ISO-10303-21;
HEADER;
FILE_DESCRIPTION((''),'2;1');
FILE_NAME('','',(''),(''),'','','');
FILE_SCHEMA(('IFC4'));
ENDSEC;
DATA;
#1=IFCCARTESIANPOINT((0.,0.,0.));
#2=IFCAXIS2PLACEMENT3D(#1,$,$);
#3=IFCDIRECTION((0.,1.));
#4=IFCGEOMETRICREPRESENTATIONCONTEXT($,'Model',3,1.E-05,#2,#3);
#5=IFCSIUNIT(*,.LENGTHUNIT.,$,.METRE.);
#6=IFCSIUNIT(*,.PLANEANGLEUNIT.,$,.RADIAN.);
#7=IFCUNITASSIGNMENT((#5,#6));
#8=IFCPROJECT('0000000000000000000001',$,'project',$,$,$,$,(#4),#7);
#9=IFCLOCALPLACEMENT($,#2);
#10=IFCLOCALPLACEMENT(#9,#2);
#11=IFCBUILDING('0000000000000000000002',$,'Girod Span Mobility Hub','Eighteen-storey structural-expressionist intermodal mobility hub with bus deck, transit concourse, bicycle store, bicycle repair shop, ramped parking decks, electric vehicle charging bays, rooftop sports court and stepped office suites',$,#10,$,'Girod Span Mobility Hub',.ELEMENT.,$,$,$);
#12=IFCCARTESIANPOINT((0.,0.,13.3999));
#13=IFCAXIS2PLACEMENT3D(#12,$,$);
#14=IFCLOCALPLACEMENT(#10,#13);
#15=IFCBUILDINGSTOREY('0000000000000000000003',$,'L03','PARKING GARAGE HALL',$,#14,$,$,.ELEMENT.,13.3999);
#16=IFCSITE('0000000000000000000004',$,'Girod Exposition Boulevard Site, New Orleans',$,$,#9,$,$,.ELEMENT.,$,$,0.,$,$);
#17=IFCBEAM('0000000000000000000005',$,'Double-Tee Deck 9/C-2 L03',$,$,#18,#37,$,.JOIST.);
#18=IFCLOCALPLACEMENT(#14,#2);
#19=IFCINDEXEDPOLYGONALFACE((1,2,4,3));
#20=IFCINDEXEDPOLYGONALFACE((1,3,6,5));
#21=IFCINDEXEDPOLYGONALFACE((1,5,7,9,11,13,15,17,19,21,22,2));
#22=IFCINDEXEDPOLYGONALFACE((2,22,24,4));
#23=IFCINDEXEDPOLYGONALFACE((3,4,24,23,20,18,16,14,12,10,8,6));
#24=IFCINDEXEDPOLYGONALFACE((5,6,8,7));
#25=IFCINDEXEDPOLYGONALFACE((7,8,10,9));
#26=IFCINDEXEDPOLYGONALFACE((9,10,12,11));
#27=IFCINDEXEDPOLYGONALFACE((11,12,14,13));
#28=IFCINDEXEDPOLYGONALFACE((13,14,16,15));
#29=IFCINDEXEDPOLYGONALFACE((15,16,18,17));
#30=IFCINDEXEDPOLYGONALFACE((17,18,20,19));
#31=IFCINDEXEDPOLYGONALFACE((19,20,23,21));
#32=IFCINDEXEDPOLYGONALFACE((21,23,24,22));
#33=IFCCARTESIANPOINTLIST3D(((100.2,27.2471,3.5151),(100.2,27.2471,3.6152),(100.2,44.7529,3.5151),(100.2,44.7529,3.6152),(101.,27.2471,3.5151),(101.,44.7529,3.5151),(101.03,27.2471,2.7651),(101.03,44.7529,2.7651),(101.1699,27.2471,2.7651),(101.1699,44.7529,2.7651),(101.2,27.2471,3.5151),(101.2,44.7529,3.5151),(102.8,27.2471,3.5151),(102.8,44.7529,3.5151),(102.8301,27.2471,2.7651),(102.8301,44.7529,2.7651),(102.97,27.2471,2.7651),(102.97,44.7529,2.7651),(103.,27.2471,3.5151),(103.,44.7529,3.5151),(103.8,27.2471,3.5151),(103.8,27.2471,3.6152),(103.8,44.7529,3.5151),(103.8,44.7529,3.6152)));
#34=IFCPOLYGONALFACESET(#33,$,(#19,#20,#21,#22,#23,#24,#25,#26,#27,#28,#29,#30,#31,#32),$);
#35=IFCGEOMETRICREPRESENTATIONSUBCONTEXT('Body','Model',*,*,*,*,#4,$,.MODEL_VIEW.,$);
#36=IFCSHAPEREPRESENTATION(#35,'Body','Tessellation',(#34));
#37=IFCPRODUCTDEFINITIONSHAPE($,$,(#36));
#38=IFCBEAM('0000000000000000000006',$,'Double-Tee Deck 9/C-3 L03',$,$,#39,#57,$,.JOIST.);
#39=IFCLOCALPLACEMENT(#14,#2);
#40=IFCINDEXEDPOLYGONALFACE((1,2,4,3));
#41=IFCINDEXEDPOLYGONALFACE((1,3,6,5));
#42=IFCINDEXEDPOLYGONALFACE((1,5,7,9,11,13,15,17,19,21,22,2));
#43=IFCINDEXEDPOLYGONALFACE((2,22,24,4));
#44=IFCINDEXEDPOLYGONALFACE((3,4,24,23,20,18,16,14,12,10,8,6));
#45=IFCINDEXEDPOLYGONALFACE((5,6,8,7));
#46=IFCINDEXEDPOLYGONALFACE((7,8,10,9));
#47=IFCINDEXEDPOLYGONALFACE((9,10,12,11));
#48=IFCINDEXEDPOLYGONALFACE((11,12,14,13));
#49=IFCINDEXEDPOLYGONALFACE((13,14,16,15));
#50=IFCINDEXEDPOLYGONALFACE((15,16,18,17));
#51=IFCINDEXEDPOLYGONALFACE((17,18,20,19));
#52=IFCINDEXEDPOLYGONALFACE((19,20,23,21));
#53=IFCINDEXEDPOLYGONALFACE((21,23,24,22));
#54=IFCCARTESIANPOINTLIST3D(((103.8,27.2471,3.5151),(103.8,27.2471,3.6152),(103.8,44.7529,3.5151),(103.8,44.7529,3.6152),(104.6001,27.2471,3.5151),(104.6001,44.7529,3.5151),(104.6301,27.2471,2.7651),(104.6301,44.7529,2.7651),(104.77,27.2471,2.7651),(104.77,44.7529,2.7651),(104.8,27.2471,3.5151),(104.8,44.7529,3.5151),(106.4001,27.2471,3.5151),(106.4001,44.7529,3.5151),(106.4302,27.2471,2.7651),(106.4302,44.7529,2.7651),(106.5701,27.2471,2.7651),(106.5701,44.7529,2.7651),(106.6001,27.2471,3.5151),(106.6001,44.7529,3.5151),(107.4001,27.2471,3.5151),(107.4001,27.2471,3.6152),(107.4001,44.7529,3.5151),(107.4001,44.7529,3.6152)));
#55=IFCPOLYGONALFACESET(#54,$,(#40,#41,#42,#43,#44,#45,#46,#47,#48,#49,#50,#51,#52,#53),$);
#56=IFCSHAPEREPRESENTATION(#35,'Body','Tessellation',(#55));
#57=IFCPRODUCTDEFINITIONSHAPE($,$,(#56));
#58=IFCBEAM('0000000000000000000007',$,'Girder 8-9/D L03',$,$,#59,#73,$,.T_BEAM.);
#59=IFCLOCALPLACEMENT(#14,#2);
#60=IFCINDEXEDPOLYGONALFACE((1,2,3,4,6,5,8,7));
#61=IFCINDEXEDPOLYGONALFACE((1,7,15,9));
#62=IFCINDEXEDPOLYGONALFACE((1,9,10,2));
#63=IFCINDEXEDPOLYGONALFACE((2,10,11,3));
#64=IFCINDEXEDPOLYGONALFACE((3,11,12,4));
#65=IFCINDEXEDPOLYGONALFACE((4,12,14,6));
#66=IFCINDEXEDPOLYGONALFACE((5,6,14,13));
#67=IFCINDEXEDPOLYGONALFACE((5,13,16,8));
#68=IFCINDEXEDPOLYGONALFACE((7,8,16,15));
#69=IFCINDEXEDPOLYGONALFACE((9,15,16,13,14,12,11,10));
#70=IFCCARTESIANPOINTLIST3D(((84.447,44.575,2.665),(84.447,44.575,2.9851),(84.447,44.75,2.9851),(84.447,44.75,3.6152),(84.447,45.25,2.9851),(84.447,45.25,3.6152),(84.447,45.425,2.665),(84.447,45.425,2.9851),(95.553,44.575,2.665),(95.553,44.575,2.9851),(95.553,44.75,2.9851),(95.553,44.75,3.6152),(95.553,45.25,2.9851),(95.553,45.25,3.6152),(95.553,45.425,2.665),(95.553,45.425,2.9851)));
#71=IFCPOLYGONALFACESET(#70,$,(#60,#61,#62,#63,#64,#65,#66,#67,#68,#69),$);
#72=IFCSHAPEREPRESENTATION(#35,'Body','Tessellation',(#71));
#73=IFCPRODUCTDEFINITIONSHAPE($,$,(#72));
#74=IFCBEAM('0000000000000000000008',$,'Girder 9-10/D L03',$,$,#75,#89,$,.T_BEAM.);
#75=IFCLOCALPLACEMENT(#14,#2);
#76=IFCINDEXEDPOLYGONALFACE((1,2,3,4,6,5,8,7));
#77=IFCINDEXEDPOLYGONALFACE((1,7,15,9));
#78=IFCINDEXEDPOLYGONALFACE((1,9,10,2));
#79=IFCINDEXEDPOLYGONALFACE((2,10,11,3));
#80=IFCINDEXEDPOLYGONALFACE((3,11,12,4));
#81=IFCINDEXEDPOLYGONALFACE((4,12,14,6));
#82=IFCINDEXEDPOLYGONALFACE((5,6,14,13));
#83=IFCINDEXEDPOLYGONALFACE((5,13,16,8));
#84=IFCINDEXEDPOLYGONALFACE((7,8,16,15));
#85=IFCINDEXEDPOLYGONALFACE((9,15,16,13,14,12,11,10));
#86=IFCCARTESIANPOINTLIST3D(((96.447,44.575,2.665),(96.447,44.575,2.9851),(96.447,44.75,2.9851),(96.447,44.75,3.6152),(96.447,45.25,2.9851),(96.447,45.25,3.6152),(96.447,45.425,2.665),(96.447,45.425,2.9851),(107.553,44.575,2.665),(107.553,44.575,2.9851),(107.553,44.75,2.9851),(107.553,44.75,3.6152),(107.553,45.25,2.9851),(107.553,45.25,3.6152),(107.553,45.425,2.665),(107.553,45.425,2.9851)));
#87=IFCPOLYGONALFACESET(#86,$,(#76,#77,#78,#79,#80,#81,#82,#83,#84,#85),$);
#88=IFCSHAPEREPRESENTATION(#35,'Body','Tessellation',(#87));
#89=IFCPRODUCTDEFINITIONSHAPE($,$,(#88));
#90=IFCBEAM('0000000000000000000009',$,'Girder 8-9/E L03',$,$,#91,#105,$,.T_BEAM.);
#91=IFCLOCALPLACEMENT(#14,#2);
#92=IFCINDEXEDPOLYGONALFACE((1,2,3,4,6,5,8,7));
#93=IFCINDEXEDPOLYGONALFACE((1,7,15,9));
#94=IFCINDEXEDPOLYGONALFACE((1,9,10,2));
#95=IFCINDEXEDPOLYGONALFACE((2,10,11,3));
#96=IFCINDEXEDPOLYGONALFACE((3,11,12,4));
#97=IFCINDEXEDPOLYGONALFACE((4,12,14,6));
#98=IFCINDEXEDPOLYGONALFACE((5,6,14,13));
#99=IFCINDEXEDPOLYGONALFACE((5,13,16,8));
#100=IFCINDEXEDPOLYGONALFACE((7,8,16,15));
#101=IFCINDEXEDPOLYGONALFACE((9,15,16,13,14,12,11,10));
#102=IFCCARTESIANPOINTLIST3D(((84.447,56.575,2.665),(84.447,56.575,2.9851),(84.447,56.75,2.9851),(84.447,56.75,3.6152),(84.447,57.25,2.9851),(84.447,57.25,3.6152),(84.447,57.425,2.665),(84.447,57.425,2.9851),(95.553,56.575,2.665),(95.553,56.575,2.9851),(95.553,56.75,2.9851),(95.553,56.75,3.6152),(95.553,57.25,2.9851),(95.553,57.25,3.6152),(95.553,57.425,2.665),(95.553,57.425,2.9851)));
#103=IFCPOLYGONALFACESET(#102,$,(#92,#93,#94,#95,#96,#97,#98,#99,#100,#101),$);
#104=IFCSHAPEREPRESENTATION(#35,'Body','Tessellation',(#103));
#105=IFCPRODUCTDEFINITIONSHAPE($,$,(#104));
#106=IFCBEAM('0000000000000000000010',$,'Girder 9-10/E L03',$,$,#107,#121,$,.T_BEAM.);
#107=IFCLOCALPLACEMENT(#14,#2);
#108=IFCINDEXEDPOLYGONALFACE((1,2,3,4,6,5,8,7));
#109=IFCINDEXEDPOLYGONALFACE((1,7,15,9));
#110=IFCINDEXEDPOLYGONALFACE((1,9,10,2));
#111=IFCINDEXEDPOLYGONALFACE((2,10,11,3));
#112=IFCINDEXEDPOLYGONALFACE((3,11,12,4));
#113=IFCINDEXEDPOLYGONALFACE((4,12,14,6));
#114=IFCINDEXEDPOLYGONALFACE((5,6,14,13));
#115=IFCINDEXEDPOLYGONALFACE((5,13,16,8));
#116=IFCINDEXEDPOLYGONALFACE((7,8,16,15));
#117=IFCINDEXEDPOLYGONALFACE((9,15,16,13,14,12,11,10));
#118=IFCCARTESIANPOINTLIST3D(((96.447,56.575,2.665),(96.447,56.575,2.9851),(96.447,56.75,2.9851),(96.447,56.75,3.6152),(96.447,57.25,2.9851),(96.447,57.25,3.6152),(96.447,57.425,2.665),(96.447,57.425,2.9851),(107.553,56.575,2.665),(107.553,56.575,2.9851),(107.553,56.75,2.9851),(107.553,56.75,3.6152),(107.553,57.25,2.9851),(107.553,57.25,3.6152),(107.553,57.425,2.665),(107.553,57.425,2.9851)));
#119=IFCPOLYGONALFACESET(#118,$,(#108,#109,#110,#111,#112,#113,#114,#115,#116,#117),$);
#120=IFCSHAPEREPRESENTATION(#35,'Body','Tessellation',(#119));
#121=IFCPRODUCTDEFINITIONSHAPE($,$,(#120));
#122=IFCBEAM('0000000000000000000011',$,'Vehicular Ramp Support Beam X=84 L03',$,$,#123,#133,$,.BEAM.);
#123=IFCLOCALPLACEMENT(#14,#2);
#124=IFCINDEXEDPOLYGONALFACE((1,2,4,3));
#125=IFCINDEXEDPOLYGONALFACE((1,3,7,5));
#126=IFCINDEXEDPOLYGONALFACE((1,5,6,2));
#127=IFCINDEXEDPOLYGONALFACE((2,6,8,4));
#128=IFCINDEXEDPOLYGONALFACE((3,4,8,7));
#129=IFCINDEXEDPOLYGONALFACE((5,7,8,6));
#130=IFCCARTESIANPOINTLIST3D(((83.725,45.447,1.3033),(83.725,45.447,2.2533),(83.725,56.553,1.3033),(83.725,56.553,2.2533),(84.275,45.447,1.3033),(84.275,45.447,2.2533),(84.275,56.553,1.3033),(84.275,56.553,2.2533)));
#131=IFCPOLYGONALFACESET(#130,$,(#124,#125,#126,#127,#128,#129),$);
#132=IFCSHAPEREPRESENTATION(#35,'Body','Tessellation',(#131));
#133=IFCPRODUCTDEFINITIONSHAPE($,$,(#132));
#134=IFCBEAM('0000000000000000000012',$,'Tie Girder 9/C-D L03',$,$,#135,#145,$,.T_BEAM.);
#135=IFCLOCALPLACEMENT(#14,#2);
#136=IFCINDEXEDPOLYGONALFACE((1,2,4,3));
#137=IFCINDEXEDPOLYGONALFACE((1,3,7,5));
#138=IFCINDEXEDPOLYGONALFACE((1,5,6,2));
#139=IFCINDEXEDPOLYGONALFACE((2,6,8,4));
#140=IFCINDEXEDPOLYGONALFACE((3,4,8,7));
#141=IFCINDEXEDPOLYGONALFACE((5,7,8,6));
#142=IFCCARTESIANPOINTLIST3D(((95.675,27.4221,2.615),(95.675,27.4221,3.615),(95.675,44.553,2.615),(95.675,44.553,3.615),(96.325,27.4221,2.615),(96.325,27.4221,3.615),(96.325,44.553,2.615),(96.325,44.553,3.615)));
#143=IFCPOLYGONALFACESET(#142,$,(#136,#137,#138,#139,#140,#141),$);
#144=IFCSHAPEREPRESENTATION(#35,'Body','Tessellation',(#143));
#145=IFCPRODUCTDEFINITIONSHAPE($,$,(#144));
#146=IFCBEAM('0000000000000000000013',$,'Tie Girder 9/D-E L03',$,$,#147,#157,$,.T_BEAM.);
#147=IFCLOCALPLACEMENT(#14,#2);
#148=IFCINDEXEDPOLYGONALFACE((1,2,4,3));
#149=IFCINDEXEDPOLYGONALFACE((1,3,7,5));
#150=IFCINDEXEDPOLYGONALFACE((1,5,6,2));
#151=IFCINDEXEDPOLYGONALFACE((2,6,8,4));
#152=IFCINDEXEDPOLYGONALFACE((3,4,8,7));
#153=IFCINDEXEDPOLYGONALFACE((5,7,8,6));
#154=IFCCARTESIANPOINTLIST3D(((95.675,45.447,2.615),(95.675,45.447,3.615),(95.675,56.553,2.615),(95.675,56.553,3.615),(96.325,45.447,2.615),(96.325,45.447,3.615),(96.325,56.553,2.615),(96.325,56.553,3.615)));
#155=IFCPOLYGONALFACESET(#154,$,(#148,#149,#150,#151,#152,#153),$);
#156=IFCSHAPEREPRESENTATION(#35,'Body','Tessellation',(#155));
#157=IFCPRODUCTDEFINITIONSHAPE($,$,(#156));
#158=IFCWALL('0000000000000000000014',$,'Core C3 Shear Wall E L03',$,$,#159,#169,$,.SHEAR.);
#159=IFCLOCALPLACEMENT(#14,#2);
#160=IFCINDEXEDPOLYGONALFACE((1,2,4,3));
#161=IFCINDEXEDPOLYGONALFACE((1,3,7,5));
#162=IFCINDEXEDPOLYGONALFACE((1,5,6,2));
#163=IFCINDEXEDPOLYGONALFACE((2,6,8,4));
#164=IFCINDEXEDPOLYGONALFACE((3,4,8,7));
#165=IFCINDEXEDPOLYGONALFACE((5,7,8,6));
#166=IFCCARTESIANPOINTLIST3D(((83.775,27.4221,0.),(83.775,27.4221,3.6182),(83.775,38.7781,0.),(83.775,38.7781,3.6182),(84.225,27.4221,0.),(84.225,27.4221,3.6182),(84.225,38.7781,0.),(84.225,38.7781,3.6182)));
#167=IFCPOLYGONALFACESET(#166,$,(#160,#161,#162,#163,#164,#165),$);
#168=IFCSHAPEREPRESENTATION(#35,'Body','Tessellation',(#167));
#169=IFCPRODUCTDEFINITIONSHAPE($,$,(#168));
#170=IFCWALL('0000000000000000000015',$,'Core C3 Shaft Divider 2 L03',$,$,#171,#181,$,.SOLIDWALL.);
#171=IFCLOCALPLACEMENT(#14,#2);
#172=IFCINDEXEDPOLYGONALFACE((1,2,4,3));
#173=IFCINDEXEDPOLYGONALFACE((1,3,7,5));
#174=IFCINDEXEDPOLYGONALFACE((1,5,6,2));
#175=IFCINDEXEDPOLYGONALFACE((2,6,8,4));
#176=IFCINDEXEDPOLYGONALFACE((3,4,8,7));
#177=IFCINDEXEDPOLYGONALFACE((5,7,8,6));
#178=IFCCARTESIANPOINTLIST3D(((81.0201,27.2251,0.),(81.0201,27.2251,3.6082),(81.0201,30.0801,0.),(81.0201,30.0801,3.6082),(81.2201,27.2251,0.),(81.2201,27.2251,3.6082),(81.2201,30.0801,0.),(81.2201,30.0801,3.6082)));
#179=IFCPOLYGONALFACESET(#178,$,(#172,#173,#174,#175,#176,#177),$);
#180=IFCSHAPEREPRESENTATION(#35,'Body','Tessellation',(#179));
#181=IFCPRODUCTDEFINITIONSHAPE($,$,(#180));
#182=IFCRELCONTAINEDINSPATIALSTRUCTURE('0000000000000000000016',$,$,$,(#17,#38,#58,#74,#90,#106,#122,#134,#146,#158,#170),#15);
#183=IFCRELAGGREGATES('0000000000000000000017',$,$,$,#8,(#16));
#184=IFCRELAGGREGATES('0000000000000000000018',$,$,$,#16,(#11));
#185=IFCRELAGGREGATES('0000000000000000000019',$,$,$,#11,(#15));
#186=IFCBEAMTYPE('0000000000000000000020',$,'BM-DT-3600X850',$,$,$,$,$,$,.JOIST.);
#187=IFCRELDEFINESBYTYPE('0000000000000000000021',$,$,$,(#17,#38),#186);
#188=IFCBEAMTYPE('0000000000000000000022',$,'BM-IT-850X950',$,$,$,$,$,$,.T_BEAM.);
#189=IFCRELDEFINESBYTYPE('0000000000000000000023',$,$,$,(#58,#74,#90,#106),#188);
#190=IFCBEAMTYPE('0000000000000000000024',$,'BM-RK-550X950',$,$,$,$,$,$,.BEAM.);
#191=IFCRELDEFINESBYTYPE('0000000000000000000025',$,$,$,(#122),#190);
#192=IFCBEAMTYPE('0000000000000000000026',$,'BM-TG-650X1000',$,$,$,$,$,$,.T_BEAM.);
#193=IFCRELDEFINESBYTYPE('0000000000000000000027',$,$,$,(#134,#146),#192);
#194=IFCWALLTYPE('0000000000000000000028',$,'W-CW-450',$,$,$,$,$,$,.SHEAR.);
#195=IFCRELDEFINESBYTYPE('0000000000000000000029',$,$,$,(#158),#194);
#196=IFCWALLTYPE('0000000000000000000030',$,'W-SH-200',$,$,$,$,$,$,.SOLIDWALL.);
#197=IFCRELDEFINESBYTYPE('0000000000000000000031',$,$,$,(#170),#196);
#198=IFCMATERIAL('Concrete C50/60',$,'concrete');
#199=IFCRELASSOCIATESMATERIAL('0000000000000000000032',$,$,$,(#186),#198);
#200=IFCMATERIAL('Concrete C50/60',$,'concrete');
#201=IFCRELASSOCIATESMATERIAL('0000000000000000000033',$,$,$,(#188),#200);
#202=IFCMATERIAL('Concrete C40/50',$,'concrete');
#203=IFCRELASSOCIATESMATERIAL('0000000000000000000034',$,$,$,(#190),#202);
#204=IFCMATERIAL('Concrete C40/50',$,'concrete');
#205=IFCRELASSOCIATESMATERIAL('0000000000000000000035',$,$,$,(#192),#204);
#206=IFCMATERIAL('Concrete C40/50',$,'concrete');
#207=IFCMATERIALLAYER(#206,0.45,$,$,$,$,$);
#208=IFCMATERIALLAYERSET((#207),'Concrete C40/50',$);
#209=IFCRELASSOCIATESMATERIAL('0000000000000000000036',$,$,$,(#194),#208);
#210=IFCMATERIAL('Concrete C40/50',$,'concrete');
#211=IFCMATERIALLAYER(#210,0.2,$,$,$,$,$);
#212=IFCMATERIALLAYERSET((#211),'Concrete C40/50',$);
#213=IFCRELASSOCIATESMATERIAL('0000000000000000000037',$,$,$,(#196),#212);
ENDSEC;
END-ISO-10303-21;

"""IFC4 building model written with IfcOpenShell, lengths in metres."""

from ifc_helpers import new_model, si_unit, direction, frame, frame_2d, origin, origin_2d, place, context, subcontext, project, spatial, polyline, rectangle, outline, extrude, material, layer, layer_set, material_profile, profile_set, type_object, element, save


model = new_model("IFC4")

# Units and contexts
model_context = context("Model", 3, precision=1e-05, world=origin(), true_north=direction((0.0, 1.0)))
body_context = subcontext(model_context, "Body", "Model", "MODEL_VIEW")
ifc_project = project(units=[si_unit("LENGTHUNIT", "METRE"), si_unit("PLANEANGLEUNIT", "RADIAN")], contexts=[model_context])

# Site, building, storey
site_placement = place(None, origin())
site = spatial("IfcSite", under=ifc_project, at=site_placement, Name="Girod Exposition Boulevard Site, New Orleans", CompositionType="ELEMENT", RefElevation=0.0)
building_placement = place(site_placement, origin())
building = spatial("IfcBuilding", under=site, at=building_placement, Name="Girod Span Mobility Hub", Description="Eighteen-storey structural-expressionist intermodal mobility hub with bus deck, transit concourse, bicycle store, bicycle repair shop, ramped parking decks, electric vehicle charging bays, rooftop sports court and stepped office suites", LongName="Girod Span Mobility Hub", CompositionType="ELEMENT")
storey_placement = place(building_placement, frame((0.0, 0.0, 13.3999)))
storey = spatial("IfcBuildingStorey", under=building, at=storey_placement, Name="L03", Description="PARKING GARAGE HALL", CompositionType="ELEMENT", Elevation=13.3999)

# Beams
ifc_material_1 = material(Name="Concrete C50/60", Category="concrete")
ifc_material_profile_1 = material_profile(ifc_material_1, outline(polyline([(-1.8, 0.425), (-1.8, 0.325), (-1.0, 0.325), (-0.97, -0.425), (-0.8301, -0.425), (-0.8, 0.325), (0.8, 0.325), (0.8301, -0.425), (0.97, -0.425), (1.0, 0.325), (1.8, 0.325), (1.8, 0.425), (-1.8, 0.425)])), Name="DT-3600X850")
ifc_profile_set_1 = profile_set([ifc_material_profile_1], Name="Concrete C50/60")
beam_type_1 = type_object("IfcBeamType", Name="BM-DT-3600X850", PredefinedType="JOIST", material=ifc_profile_set_1)
for number, where, z_axis, x_axis, name in (
    (1, (102.0, 27.2471, 3.1902), (0.0, 1.0, 0.0), (-1.0, 0.0, 0.0), "Double-Tee Deck 9/C-2 L03"),
    (2, (105.6001, 27.2471, 3.1902), (0.0, 1.0, 0.0), (-1.0, 0.0, 0.0), "Double-Tee Deck 9/C-3 L03"),
):
    element("IfcBeam", number, at=place(storey_placement, frame(where, z_axis=z_axis, x_axis=x_axis)), inside=storey, type_object=beam_type_1, Name=name, PredefinedType="JOIST", context=body_context, shape_type="SweptSolid", body=[
        extrude(outline(polyline([(-1.8, 0.425), (-1.8, 0.325), (-1.0, 0.325), (-0.97, -0.425), (-0.8301, -0.425), (-0.8, 0.325), (0.8, 0.325), (0.8301, -0.425), (0.97, -0.425), (1.0, 0.325), (1.8, 0.325), (1.8, 0.425), (-1.8, 0.425)])), origin(), (0.0, 0.0, 1.0), 17.5059),
    ])
ifc_material_2 = material(Name="Concrete C50/60", Category="concrete")
ifc_material_profile_2 = material_profile(ifc_material_2, outline(polyline([(-0.425, -0.4751), (0.425, -0.4751), (0.425, -0.155), (0.25, -0.155), (0.25, 0.4751), (-0.25, 0.4751), (-0.25, -0.155), (-0.425, -0.155), (-0.425, -0.4751)])), Name="IT-850X950")
ifc_profile_set_2 = profile_set([ifc_material_profile_2], Name="Concrete C50/60")
beam_type_2 = type_object("IfcBeamType", Name="BM-IT-850X950", PredefinedType="T_BEAM", material=ifc_profile_set_2)
for number, where, z_axis, x_axis, name in (
    (3, (84.447, 45.0, 3.1401), (1.0, 0.0, 0.0), (0.0, 1.0, 0.0), "Girder 8-9/D L03"),
    (4, (96.447, 45.0, 3.1401), (1.0, 0.0, 0.0), (0.0, 1.0, 0.0), "Girder 9-10/D L03"),
    (5, (84.447, 57.0, 3.1401), (1.0, 0.0, 0.0), (0.0, 1.0, 0.0), "Girder 8-9/E L03"),
    (6, (96.447, 57.0, 3.1401), (1.0, 0.0, 0.0), (0.0, 1.0, 0.0), "Girder 9-10/E L03"),
):
    element("IfcBeam", number, at=place(storey_placement, frame(where, z_axis=z_axis, x_axis=x_axis)), inside=storey, type_object=beam_type_2, Name=name, PredefinedType="T_BEAM", context=body_context, shape_type="SweptSolid", body=[
        extrude(outline(polyline([(-0.425, -0.4751), (0.425, -0.4751), (0.425, -0.155), (0.25, -0.155), (0.25, 0.4751), (-0.25, 0.4751), (-0.25, -0.155), (-0.425, -0.155), (-0.425, -0.4751)])), origin(), (0.0, 0.0, 1.0), 11.106),
    ])
ifc_material_3 = material(Name="Concrete C40/50", Category="concrete")
ifc_material_profile_3 = material_profile(ifc_material_3, rectangle(XDim=0.55, YDim=0.95, at=origin_2d()), Name="RK-550X950")
ifc_profile_set_3 = profile_set([ifc_material_profile_3], Name="Concrete C40/50")
beam_type_3 = type_object("IfcBeamType", Name="BM-RK-550X950", PredefinedType="BEAM", material=ifc_profile_set_3)
beam_1_placement = place(storey_placement, frame((84.0, 45.447, 1.7783), z_axis=(0.0, 1.0, 0.0), x_axis=(-1.0, 0.0, 0.0)))
element("IfcBeam", 7, at=beam_1_placement, inside=storey, type_object=beam_type_3, Name="Vehicular Ramp Support Beam X=84 L03", PredefinedType="BEAM", context=body_context, shape_type="SweptSolid", body=[
    extrude(rectangle(XDim=0.55, YDim=0.95, at=origin_2d()), origin(), (0.0, 0.0, 1.0), 11.106),
])
ifc_material_4 = material(Name="Concrete C40/50", Category="concrete")
ifc_material_profile_4 = material_profile(ifc_material_4, rectangle(XDim=0.6499, YDim=1.0, at=origin_2d()), Name="TG-650X1000")
ifc_profile_set_4 = profile_set([ifc_material_profile_4], Name="Concrete C40/50")
beam_type_4 = type_object("IfcBeamType", Name="BM-TG-650X1000", PredefinedType="T_BEAM", material=ifc_profile_set_4)
beam_2_placement = place(storey_placement, frame((96.0, 27.4221, 3.115), z_axis=(0.0, 1.0, 0.0), x_axis=(-1.0, 0.0, 0.0)))
element("IfcBeam", 8, at=beam_2_placement, inside=storey, type_object=beam_type_4, Name="Tie Girder 9/C-D L03", PredefinedType="T_BEAM", context=body_context, shape_type="SweptSolid", body=[
    extrude(rectangle(XDim=0.6499, YDim=1.0, at=origin_2d()), origin(), (0.0, 0.0, 1.0), 17.1309),
])
beam_3_placement = place(storey_placement, frame((96.0, 45.447, 3.115), z_axis=(0.0, 1.0, 0.0), x_axis=(-1.0, 0.0, 0.0)))
element("IfcBeam", 9, at=beam_3_placement, inside=storey, type_object=beam_type_4, Name="Tie Girder 9/D-E L03", PredefinedType="T_BEAM", context=body_context, shape_type="SweptSolid", body=[
    extrude(rectangle(XDim=0.6499, YDim=1.0, at=origin_2d()), origin(), (0.0, 0.0, 1.0), 11.106),
])

# Walls
ifc_material_5 = material(Name="Concrete C40/50", Category="concrete")
ifc_layer_1 = layer(ifc_material_5, 0.45)
ifc_layer_set_1 = layer_set([ifc_layer_1], Name="Concrete C40/50")
wall_type_1 = type_object("IfcWallType", Name="W-CW-450", PredefinedType="SHEAR", material=ifc_layer_set_1)
wall_1_placement = place(storey_placement, frame((84.0, 27.4221, 0.0), z_axis=(0.0, 0.0, 1.0), x_axis=(0.0, 1.0, 0.0)))
element("IfcWall", 10, at=wall_1_placement, inside=storey, type_object=wall_type_1, Name="Core C3 Shear Wall E L03", PredefinedType="SHEAR", context=body_context, shape_type="SweptSolid", body=[
    extrude(rectangle(XDim=11.356, YDim=0.45, at=frame_2d((5.678, 0.0))), origin(), (0.0, 0.0, 1.0), 3.6182),
])
ifc_material_6 = material(Name="Concrete C40/50", Category="concrete")
ifc_layer_2 = layer(ifc_material_6, 0.2)
ifc_layer_set_2 = layer_set([ifc_layer_2], Name="Concrete C40/50")
wall_type_2 = type_object("IfcWallType", Name="W-SH-200", PredefinedType="SOLIDWALL", material=ifc_layer_set_2)
wall_2_placement = place(storey_placement, frame((81.1201, 27.2251, 0.0), z_axis=(0.0, 0.0, 1.0), x_axis=(0.0, 1.0, 0.0)))
element("IfcWall", 11, at=wall_2_placement, inside=storey, type_object=wall_type_2, Name="Core C3 Shaft Divider 2 L03", PredefinedType="SOLIDWALL", context=body_context, shape_type="SweptSolid", body=[
    extrude(rectangle(XDim=2.855, YDim=0.2, at=frame_2d((1.4275, 0.0))), origin(), (0.0, 0.0, 1.0), 3.6082),
])

save(model, "model.ifc")
